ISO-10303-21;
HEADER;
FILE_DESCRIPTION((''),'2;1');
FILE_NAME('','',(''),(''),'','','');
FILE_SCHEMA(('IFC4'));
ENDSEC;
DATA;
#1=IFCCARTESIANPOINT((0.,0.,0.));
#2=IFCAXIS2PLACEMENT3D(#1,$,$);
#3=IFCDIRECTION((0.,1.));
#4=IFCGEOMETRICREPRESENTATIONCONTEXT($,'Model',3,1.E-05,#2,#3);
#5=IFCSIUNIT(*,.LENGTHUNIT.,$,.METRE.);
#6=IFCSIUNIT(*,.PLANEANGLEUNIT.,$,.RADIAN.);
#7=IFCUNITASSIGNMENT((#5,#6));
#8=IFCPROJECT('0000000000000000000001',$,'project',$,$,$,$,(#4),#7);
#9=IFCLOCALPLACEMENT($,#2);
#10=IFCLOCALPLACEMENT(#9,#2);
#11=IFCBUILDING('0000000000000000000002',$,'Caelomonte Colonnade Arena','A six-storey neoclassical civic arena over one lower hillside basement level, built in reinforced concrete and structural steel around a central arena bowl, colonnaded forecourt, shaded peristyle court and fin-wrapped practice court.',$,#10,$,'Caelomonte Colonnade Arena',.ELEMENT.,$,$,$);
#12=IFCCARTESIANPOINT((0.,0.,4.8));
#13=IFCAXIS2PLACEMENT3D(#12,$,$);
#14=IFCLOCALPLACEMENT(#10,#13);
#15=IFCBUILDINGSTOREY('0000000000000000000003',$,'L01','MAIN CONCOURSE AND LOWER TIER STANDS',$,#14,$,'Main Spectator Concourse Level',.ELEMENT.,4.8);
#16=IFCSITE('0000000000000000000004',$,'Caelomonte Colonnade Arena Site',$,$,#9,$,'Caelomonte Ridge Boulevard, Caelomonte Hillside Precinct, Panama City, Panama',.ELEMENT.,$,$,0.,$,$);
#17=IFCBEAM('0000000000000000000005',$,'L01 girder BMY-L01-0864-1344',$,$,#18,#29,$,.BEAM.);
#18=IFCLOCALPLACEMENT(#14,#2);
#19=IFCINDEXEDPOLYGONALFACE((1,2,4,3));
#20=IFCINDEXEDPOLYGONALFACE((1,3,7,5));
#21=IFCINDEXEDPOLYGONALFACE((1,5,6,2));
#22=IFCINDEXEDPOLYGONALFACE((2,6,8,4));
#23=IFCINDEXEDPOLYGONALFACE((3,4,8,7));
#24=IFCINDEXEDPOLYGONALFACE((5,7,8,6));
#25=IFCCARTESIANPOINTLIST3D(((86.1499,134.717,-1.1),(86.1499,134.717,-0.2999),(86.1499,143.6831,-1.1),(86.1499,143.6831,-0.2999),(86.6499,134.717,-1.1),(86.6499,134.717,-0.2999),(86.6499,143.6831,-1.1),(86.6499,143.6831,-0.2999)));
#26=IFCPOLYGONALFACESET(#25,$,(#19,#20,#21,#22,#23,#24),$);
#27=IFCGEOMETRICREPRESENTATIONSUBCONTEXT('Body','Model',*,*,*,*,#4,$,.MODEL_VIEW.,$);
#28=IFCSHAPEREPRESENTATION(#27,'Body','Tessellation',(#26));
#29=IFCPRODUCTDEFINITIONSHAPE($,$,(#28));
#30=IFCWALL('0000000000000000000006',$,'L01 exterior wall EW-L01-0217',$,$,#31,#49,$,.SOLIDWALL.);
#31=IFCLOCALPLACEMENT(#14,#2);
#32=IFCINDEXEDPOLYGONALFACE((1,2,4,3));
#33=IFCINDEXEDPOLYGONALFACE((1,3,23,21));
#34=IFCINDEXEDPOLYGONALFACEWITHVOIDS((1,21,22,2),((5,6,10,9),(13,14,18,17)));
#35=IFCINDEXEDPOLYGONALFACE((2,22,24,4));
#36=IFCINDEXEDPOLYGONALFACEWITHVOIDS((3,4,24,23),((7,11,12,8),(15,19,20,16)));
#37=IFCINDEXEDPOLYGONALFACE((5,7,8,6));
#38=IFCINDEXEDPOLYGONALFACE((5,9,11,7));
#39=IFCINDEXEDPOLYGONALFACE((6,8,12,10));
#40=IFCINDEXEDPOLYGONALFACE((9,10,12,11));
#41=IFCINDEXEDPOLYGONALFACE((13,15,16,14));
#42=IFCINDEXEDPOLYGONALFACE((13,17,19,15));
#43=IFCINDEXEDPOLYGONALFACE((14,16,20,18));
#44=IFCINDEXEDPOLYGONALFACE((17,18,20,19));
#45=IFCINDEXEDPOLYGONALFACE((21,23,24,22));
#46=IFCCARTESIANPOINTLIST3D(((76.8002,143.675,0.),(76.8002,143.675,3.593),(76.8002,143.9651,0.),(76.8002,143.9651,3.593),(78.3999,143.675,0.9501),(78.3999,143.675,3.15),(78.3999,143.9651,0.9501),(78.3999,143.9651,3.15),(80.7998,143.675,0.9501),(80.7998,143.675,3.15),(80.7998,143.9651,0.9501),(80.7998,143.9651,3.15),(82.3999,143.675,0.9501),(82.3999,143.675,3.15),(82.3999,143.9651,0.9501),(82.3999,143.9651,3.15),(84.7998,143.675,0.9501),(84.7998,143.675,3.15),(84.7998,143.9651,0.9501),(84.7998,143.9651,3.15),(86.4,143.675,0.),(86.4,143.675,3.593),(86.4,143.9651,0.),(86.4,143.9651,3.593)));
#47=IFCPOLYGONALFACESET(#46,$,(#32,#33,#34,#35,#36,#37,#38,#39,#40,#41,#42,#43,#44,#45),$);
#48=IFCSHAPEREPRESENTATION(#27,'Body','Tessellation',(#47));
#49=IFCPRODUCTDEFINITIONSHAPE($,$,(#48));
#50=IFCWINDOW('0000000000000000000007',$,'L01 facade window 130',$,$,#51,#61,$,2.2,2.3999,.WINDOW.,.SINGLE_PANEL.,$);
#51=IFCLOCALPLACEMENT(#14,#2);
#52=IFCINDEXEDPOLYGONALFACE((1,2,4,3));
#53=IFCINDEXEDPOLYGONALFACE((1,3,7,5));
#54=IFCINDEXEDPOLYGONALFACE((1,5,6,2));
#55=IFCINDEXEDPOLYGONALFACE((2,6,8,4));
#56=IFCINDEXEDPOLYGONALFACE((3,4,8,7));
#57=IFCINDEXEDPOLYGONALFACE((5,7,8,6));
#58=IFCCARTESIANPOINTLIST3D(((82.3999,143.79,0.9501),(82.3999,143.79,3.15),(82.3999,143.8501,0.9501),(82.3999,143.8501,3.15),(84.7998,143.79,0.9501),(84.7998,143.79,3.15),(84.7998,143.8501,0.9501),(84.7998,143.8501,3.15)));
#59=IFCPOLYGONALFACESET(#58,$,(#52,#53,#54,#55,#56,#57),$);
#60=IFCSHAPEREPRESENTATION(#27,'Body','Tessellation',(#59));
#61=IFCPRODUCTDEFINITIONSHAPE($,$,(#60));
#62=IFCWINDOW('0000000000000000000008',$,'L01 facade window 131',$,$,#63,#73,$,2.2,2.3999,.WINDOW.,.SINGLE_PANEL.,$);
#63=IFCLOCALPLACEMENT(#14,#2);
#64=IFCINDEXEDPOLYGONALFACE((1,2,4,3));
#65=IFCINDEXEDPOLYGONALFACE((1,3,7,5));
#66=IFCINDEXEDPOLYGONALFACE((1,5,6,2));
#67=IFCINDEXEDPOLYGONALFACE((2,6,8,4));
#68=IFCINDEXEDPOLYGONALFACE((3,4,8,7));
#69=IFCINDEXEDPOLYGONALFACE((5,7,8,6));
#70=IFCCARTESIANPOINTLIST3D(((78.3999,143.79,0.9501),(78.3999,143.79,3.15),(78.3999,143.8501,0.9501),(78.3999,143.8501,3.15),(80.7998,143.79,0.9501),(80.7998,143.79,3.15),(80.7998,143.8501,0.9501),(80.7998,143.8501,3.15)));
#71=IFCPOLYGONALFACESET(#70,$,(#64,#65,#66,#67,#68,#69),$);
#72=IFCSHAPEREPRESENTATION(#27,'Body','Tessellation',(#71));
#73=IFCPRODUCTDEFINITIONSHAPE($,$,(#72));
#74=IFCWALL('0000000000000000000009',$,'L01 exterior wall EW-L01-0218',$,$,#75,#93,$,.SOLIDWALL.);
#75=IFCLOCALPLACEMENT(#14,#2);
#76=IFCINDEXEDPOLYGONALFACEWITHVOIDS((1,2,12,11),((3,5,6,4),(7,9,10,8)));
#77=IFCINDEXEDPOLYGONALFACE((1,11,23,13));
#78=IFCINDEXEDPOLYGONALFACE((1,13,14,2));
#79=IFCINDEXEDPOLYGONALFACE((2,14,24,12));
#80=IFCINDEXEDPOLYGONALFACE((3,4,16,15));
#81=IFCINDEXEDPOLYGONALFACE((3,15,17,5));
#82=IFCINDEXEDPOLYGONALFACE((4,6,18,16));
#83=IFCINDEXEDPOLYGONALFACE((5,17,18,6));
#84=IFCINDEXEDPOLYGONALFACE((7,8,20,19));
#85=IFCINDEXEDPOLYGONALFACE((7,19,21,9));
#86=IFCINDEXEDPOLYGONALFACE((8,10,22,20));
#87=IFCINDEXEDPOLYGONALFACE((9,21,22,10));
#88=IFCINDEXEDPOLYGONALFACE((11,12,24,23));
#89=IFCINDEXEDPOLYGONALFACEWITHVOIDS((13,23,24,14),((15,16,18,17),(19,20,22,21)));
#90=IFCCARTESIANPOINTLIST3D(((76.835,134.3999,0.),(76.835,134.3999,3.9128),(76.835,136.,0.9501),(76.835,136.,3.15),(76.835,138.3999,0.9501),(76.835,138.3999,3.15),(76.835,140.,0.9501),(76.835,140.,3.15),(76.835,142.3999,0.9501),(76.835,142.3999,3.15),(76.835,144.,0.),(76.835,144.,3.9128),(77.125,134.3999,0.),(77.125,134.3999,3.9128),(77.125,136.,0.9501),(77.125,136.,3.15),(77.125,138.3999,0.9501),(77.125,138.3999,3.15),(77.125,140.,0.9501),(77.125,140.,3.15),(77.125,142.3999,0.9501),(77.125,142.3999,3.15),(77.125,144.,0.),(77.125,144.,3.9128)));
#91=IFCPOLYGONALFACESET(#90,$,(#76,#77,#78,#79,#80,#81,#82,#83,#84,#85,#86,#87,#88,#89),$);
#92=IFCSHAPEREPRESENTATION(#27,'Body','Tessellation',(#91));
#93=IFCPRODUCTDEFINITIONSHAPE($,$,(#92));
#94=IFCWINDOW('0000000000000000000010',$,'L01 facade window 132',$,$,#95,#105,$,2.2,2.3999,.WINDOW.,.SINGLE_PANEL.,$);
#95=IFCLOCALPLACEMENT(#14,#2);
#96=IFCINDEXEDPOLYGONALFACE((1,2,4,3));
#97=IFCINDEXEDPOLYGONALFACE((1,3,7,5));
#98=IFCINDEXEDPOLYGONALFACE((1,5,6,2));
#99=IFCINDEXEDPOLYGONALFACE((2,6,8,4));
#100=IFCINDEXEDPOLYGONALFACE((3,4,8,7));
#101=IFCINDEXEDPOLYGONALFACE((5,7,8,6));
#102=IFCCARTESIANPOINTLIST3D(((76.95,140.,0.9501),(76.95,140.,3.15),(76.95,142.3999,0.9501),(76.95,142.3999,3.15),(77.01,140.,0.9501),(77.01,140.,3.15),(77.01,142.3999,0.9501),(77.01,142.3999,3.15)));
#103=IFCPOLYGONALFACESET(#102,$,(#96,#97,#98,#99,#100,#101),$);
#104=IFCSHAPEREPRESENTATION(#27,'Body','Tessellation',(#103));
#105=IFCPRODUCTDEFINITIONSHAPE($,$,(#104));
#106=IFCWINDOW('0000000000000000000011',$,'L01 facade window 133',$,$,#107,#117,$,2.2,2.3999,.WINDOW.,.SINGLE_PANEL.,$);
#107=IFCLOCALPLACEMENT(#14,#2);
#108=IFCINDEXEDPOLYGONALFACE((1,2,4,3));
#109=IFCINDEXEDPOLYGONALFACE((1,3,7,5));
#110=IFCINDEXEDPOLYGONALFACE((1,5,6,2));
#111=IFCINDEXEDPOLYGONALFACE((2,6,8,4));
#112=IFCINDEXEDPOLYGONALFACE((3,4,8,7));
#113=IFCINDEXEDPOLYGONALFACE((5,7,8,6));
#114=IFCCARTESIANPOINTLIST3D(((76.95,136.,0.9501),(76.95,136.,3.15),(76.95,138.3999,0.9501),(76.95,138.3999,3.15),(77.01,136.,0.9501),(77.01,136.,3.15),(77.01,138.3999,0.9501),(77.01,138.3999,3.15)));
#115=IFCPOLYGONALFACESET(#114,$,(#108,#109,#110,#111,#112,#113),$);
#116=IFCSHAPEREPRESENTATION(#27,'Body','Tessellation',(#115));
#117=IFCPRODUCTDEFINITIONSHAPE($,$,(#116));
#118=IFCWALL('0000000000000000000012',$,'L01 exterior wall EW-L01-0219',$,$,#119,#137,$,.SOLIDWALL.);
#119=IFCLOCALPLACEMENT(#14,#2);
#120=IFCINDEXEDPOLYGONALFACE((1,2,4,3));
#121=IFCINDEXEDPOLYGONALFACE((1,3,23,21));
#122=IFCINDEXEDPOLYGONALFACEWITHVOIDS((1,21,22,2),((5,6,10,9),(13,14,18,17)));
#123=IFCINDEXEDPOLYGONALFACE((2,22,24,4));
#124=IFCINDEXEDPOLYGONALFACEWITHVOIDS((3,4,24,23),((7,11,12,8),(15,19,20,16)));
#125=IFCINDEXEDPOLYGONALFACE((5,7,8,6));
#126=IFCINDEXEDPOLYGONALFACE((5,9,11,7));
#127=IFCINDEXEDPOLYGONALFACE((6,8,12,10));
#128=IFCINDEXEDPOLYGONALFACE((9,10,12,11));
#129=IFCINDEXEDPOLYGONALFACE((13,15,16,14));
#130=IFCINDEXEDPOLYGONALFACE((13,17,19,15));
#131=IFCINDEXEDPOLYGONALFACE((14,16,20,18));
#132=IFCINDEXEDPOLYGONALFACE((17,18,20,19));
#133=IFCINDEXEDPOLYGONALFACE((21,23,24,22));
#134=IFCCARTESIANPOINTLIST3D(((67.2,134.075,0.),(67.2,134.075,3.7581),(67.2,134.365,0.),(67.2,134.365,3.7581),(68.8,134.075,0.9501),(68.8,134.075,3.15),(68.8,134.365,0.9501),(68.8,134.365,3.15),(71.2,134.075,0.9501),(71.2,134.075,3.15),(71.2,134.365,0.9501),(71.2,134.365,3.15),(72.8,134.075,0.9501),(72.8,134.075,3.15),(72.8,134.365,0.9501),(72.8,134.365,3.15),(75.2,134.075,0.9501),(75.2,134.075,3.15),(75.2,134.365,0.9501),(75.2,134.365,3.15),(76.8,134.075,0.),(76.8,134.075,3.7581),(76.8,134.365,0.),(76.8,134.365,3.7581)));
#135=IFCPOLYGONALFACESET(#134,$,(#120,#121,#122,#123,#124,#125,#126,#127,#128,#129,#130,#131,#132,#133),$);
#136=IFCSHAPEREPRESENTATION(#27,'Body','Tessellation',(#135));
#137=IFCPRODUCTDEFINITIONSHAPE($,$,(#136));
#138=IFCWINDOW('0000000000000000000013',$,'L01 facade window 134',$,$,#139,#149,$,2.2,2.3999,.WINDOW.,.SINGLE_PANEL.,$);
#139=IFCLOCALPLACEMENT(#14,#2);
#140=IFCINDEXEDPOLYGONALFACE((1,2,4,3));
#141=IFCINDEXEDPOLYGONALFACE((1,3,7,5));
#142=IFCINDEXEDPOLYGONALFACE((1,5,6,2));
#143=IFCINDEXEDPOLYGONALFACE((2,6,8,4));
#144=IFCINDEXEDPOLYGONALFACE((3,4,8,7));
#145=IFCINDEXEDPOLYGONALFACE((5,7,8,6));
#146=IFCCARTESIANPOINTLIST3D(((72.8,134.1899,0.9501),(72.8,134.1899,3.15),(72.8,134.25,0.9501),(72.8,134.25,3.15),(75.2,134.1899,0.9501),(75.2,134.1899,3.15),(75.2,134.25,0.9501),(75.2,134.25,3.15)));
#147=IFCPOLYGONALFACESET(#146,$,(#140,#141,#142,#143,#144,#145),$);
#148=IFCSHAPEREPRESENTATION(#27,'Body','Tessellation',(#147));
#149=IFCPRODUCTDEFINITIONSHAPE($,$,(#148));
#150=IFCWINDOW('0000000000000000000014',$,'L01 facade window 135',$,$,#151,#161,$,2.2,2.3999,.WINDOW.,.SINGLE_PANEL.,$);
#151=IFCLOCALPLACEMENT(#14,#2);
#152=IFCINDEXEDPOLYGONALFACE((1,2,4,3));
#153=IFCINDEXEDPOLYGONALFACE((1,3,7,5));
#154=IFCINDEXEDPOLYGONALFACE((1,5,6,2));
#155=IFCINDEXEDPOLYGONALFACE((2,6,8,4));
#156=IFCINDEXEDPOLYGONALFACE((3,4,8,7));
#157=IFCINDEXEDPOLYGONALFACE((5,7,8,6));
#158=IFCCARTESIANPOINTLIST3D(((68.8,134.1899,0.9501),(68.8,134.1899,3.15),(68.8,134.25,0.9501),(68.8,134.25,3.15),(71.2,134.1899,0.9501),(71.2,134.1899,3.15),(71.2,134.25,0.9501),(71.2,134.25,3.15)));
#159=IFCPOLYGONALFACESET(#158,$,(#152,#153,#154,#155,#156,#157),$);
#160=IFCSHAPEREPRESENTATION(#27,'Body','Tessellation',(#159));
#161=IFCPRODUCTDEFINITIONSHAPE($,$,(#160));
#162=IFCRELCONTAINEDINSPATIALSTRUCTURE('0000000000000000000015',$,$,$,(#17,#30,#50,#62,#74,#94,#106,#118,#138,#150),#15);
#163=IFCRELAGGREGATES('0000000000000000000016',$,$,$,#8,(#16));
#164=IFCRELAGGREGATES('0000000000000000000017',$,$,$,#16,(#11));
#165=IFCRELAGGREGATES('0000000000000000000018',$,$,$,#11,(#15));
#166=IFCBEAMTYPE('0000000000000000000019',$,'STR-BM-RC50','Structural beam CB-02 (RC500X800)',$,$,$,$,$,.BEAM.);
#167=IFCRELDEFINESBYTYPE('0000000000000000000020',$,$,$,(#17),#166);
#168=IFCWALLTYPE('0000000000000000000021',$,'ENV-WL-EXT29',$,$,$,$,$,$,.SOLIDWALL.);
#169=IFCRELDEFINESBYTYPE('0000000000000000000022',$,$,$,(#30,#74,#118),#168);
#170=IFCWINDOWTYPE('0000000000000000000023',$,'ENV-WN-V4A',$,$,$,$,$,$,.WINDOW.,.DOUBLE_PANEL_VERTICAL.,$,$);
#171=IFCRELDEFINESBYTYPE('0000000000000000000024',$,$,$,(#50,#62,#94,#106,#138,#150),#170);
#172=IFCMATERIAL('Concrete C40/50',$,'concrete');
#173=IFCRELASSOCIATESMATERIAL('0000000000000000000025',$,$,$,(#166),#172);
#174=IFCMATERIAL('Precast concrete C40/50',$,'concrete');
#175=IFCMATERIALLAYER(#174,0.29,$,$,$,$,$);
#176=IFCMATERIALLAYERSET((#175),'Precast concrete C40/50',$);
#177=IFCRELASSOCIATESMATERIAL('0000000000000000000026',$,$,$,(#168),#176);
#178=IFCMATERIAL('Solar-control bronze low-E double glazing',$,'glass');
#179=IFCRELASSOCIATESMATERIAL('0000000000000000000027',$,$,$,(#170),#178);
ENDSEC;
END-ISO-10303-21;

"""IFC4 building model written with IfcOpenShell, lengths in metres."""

from ifc_helpers import new_model, si_unit, direction, frame, frame_2d, origin, origin_2d, place, context, subcontext, project, spatial, rectangle, extrude, material, layer, layer_set, material_profile, profile_set, type_object, element, fill, save


model = new_model("IFC4")

# Units and contexts
model_context = context("Model", 3, precision=1e-05, world=origin(), true_north=direction((0.0, 1.0)))
body_context = subcontext(model_context, "Body", "Model", "MODEL_VIEW")
ifc_project = project(units=[si_unit("LENGTHUNIT", "METRE"), si_unit("PLANEANGLEUNIT", "RADIAN")], contexts=[model_context])

# Site, building, storey
site_placement = place(None, origin())
site = spatial("IfcSite", under=ifc_project, at=site_placement, Name="Caelomonte Colonnade Arena Site", LongName="Caelomonte Ridge Boulevard, Caelomonte Hillside Precinct, Panama City, Panama", CompositionType="ELEMENT", RefElevation=0.0)
building_placement = place(site_placement, origin())
building = spatial("IfcBuilding", under=site, at=building_placement, Name="Caelomonte Colonnade Arena", Description="A six-storey neoclassical civic arena over one lower hillside basement level, built in reinforced concrete and structural steel around a central arena bowl, colonnaded forecourt, shaded peristyle court and fin-wrapped practice court.", LongName="Caelomonte Colonnade Arena", CompositionType="ELEMENT")
storey_placement = place(building_placement, frame((0.0, 0.0, 4.8)))
storey = spatial("IfcBuildingStorey", under=building, at=storey_placement, Name="L01", Description="MAIN CONCOURSE AND LOWER TIER STANDS", LongName="Main Spectator Concourse Level", CompositionType="ELEMENT", Elevation=4.8)

# Shared definitions
ifc_material_1 = material(Name="Concrete C40/50", Category="concrete")

# Beam
ifc_material_profile_1 = material_profile(ifc_material_1, rectangle(XDim=0.5, YDim=0.8, at=origin_2d()), Name="RC500X800")
ifc_profile_set_1 = profile_set([ifc_material_profile_1], Name="Concrete C40/50")
beam_type_1 = type_object("IfcBeamType", Name="STR-BM-RC50", Description="Structural beam CB-02 (RC500X800)", PredefinedType="BEAM", material=ifc_profile_set_1)
for number, where, z_axis, x_axis, name in (
    (1, (86.3999, 134.717, -0.7), (0.0, 1.0, 0.0), (-1.0, 0.0, 0.0), "L01 girder BMY-L01-0864-1344"),
):
    element("IfcBeam", number, at=place(storey_placement, frame(where, z_axis=z_axis, x_axis=x_axis)), inside=storey, type_object=beam_type_1, Name=name, PredefinedType="BEAM", context=body_context, shape_type="SweptSolid", body=[
        extrude(rectangle(XDim=0.5, YDim=0.8, at=origin_2d()), origin(), (0.0, 0.0, 1.0), 8.9661),
    ])

# Walls, openings, windows
ifc_material_2 = material(Name="Precast concrete C40/50", Category="concrete")
ifc_layer_1 = layer(ifc_material_2, 0.29)
ifc_layer_set_1 = layer_set([ifc_layer_1], Name="Precast concrete C40/50")
wall_type_1 = type_object("IfcWallType", Name="ENV-WL-EXT29", PredefinedType="SOLIDWALL", material=ifc_layer_set_1)
wall_1_placement = place(storey_placement, frame((86.3999, 143.8201, 0.0), z_axis=(0.0, 0.0, 1.0), x_axis=(-1.0, 0.0, 0.0)))
wall_1 = element("IfcWall", 2, at=wall_1_placement, inside=storey, type_object=wall_type_1, Name="L01 exterior wall EW-L01-0217", PredefinedType="SOLIDWALL", context=body_context, shape_type="SweptSolid", body=[
    extrude(rectangle(XDim=9.5999, YDim=0.29, at=frame_2d((4.7998, 0.0))), origin(), (0.0, 0.0, 1.0), 3.593),
])
opening_1_placement = place(wall_1_placement, frame((4.0, 0.0, 0.95), z_axis=(0.0, 0.0, 1.0), x_axis=(-1.0, 0.0, 0.0)))
opening_1 = element("IfcOpeningElement", 3, at=opening_1_placement, cuts=wall_1, PredefinedType="OPENING", context=body_context, shape_type="SweptSolid", body=[
    extrude(rectangle(XDim=2.3999, YDim=2.2, at=frame_2d((1.2, 1.1001))), frame((0.0, 0.155, 0.0), z_axis=(0.0, -1.0, 0.0), x_axis=(1.0, 0.0, 0.0)), (0.0, 0.0, 1.0), 0.3101),
])
opening_2_placement = place(wall_1_placement, frame((8.0, 0.0, 0.95), z_axis=(0.0, 0.0, 1.0), x_axis=(-1.0, 0.0, 0.0)))
opening_2 = element("IfcOpeningElement", 4, at=opening_2_placement, cuts=wall_1, PredefinedType="OPENING", context=body_context, shape_type="SweptSolid", body=[
    extrude(rectangle(XDim=2.3999, YDim=2.2, at=frame_2d((1.2, 1.1001))), frame((0.0, 0.155, 0.0), z_axis=(0.0, -1.0, 0.0), x_axis=(1.0, 0.0, 0.0)), (0.0, 0.0, 1.0), 0.3101),
])
ifc_material_3 = material(Name="Solar-control bronze low-E double glazing", Category="glass")
window_type = type_object("IfcWindowType", Name="ENV-WN-V4A", PartitioningType="DOUBLE_PANEL_VERTICAL", PredefinedType="WINDOW", material=ifc_material_3)
window_1_placement = place(opening_1_placement, origin())
window_1 = element("IfcWindow", 5, at=window_1_placement, inside=storey, type_object=window_type, Name="L01 facade window 130", OverallHeight=2.2, OverallWidth=2.3999, PartitioningType="SINGLE_PANEL", PredefinedType="WINDOW", context=body_context, shape_type="SweptSolid", body=[
    extrude(rectangle(XDim=2.3999, YDim=2.2, at=frame_2d((1.2, 1.1001))), frame((0.0, 0.03, 0.0), z_axis=(0.0, -1.0, 0.0), x_axis=(1.0, 0.0, 0.0)), (0.0, 0.0, 1.0), 0.0601),
])
fill(opening_1, window_1)
window_2_placement = place(opening_2_placement, origin())
window_2 = element("IfcWindow", 6, at=window_2_placement, inside=storey, type_object=window_type, Name="L01 facade window 131", OverallHeight=2.2, OverallWidth=2.3999, PartitioningType="SINGLE_PANEL", PredefinedType="WINDOW", context=body_context, shape_type="SweptSolid", body=[
    extrude(rectangle(XDim=2.3999, YDim=2.2, at=frame_2d((1.2, 1.1001))), frame((0.0, 0.03, 0.0), z_axis=(0.0, -1.0, 0.0), x_axis=(1.0, 0.0, 0.0)), (0.0, 0.0, 1.0), 0.0601),
])
fill(opening_2, window_2)
wall_2_placement = place(storey_placement, frame((76.98, 144.0, 0.0), z_axis=(0.0, 0.0, 1.0), x_axis=(0.0, -1.0, 0.0)))
wall_2 = element("IfcWall", 7, at=wall_2_placement, inside=storey, type_object=wall_type_1, Name="L01 exterior wall EW-L01-0218", PredefinedType="SOLIDWALL", context=body_context, shape_type="SweptSolid", body=[
    extrude(rectangle(XDim=9.6001, YDim=0.29, at=frame_2d((4.8, 0.0))), origin(), (0.0, 0.0, 1.0), 3.9128),
])
opening_3_placement = place(wall_2_placement, frame((4.0, 0.0, 0.95), z_axis=(0.0, 0.0, 1.0), x_axis=(-1.0, 0.0, 0.0)))
opening_3 = element("IfcOpeningElement", 8, at=opening_3_placement, cuts=wall_2, PredefinedType="OPENING", context=body_context, shape_type="SweptSolid", body=[
    extrude(rectangle(XDim=2.3999, YDim=2.2, at=frame_2d((1.2, 1.1001))), frame((0.0, 0.155, 0.0), z_axis=(0.0, -1.0, 0.0), x_axis=(1.0, 0.0, 0.0)), (0.0, 0.0, 1.0), 0.3101),
])
opening_4_placement = place(wall_2_placement, frame((8.0, 0.0, 0.95), z_axis=(0.0, 0.0, 1.0), x_axis=(-1.0, 0.0, 0.0)))
opening_4 = element("IfcOpeningElement", 9, at=opening_4_placement, cuts=wall_2, PredefinedType="OPENING", context=body_context, shape_type="SweptSolid", body=[
    extrude(rectangle(XDim=2.3999, YDim=2.2, at=frame_2d((1.2, 1.1001))), frame((0.0, 0.155, 0.0), z_axis=(0.0, -1.0, 0.0), x_axis=(1.0, 0.0, 0.0)), (0.0, 0.0, 1.0), 0.3101),
])
window_3_placement = place(opening_3_placement, origin())
window_3 = element("IfcWindow", 10, at=window_3_placement, inside=storey, type_object=window_type, Name="L01 facade window 132", OverallHeight=2.2, OverallWidth=2.3999, PartitioningType="SINGLE_PANEL", PredefinedType="WINDOW", context=body_context, shape_type="SweptSolid", body=[
    extrude(rectangle(XDim=2.3999, YDim=2.2, at=frame_2d((1.2, 1.1001))), frame((0.0, 0.03, 0.0), z_axis=(0.0, -1.0, 0.0), x_axis=(1.0, 0.0, 0.0)), (0.0, 0.0, 1.0), 0.0601),
])
fill(opening_3, window_3)
window_4_placement = place(opening_4_placement, origin())
window_4 = element("IfcWindow", 11, at=window_4_placement, inside=storey, type_object=window_type, Name="L01 facade window 133", OverallHeight=2.2, OverallWidth=2.3999, PartitioningType="SINGLE_PANEL", PredefinedType="WINDOW", context=body_context, shape_type="SweptSolid", body=[
    extrude(rectangle(XDim=2.3999, YDim=2.2, at=frame_2d((1.2, 1.1001))), frame((0.0, 0.03, 0.0), z_axis=(0.0, -1.0, 0.0), x_axis=(1.0, 0.0, 0.0)), (0.0, 0.0, 1.0), 0.0601),
])
fill(opening_4, window_4)
wall_3_placement = place(storey_placement, frame((76.8, 134.22, 0.0), z_axis=(0.0, 0.0, 1.0), x_axis=(-1.0, 0.0, 0.0)))
wall_3 = element("IfcWall", 12, at=wall_3_placement, inside=storey, type_object=wall_type_1, Name="L01 exterior wall EW-L01-0219", PredefinedType="SOLIDWALL", context=body_context, shape_type="SweptSolid", body=[
    extrude(rectangle(XDim=9.6001, YDim=0.29, at=frame_2d((4.8, 0.0))), origin(), (0.0, 0.0, 1.0), 3.7581),
])
opening_5_placement = place(wall_3_placement, frame((4.0, 0.0, 0.95), z_axis=(0.0, 0.0, 1.0), x_axis=(-1.0, 0.0, 0.0)))
opening_5 = element("IfcOpeningElement", 13, at=opening_5_placement, cuts=wall_3, PredefinedType="OPENING", context=body_context, shape_type="SweptSolid", body=[
    extrude(rectangle(XDim=2.3999, YDim=2.2, at=frame_2d((1.2, 1.1001))), frame((0.0, 0.155, 0.0), z_axis=(0.0, -1.0, 0.0), x_axis=(1.0, 0.0, 0.0)), (0.0, 0.0, 1.0), 0.3101),
])
opening_6_placement = place(wall_3_placement, frame((8.0, 0.0, 0.95), z_axis=(0.0, 0.0, 1.0), x_axis=(-1.0, 0.0, 0.0)))
opening_6 = element("IfcOpeningElement", 14, at=opening_6_placement, cuts=wall_3, PredefinedType="OPENING", context=body_context, shape_type="SweptSolid", body=[
    extrude(rectangle(XDim=2.3999, YDim=2.2, at=frame_2d((1.2, 1.1001))), frame((0.0, 0.155, 0.0), z_axis=(0.0, -1.0, 0.0), x_axis=(1.0, 0.0, 0.0)), (0.0, 0.0, 1.0), 0.3101),
])
window_5_placement = place(opening_5_placement, origin())
window_5 = element("IfcWindow", 15, at=window_5_placement, inside=storey, type_object=window_type, Name="L01 facade window 134", OverallHeight=2.2, OverallWidth=2.3999, PartitioningType="SINGLE_PANEL", PredefinedType="WINDOW", context=body_context, shape_type="SweptSolid", body=[
    extrude(rectangle(XDim=2.3999, YDim=2.2, at=frame_2d((1.2, 1.1001))), frame((0.0, 0.03, 0.0), z_axis=(0.0, -1.0, 0.0), x_axis=(1.0, 0.0, 0.0)), (0.0, 0.0, 1.0), 0.0601),
])
fill(opening_5, window_5)
window_6_placement = place(opening_6_placement, origin())
window_6 = element("IfcWindow", 16, at=window_6_placement, inside=storey, type_object=window_type, Name="L01 facade window 135", OverallHeight=2.2, OverallWidth=2.3999, PartitioningType="SINGLE_PANEL", PredefinedType="WINDOW", context=body_context, shape_type="SweptSolid", body=[
    extrude(rectangle(XDim=2.3999, YDim=2.2, at=frame_2d((1.2, 1.1001))), frame((0.0, 0.03, 0.0), z_axis=(0.0, -1.0, 0.0), x_axis=(1.0, 0.0, 0.0)), (0.0, 0.0, 1.0), 0.0601),
])
fill(opening_6, window_6)

save(model, "model.ifc")
